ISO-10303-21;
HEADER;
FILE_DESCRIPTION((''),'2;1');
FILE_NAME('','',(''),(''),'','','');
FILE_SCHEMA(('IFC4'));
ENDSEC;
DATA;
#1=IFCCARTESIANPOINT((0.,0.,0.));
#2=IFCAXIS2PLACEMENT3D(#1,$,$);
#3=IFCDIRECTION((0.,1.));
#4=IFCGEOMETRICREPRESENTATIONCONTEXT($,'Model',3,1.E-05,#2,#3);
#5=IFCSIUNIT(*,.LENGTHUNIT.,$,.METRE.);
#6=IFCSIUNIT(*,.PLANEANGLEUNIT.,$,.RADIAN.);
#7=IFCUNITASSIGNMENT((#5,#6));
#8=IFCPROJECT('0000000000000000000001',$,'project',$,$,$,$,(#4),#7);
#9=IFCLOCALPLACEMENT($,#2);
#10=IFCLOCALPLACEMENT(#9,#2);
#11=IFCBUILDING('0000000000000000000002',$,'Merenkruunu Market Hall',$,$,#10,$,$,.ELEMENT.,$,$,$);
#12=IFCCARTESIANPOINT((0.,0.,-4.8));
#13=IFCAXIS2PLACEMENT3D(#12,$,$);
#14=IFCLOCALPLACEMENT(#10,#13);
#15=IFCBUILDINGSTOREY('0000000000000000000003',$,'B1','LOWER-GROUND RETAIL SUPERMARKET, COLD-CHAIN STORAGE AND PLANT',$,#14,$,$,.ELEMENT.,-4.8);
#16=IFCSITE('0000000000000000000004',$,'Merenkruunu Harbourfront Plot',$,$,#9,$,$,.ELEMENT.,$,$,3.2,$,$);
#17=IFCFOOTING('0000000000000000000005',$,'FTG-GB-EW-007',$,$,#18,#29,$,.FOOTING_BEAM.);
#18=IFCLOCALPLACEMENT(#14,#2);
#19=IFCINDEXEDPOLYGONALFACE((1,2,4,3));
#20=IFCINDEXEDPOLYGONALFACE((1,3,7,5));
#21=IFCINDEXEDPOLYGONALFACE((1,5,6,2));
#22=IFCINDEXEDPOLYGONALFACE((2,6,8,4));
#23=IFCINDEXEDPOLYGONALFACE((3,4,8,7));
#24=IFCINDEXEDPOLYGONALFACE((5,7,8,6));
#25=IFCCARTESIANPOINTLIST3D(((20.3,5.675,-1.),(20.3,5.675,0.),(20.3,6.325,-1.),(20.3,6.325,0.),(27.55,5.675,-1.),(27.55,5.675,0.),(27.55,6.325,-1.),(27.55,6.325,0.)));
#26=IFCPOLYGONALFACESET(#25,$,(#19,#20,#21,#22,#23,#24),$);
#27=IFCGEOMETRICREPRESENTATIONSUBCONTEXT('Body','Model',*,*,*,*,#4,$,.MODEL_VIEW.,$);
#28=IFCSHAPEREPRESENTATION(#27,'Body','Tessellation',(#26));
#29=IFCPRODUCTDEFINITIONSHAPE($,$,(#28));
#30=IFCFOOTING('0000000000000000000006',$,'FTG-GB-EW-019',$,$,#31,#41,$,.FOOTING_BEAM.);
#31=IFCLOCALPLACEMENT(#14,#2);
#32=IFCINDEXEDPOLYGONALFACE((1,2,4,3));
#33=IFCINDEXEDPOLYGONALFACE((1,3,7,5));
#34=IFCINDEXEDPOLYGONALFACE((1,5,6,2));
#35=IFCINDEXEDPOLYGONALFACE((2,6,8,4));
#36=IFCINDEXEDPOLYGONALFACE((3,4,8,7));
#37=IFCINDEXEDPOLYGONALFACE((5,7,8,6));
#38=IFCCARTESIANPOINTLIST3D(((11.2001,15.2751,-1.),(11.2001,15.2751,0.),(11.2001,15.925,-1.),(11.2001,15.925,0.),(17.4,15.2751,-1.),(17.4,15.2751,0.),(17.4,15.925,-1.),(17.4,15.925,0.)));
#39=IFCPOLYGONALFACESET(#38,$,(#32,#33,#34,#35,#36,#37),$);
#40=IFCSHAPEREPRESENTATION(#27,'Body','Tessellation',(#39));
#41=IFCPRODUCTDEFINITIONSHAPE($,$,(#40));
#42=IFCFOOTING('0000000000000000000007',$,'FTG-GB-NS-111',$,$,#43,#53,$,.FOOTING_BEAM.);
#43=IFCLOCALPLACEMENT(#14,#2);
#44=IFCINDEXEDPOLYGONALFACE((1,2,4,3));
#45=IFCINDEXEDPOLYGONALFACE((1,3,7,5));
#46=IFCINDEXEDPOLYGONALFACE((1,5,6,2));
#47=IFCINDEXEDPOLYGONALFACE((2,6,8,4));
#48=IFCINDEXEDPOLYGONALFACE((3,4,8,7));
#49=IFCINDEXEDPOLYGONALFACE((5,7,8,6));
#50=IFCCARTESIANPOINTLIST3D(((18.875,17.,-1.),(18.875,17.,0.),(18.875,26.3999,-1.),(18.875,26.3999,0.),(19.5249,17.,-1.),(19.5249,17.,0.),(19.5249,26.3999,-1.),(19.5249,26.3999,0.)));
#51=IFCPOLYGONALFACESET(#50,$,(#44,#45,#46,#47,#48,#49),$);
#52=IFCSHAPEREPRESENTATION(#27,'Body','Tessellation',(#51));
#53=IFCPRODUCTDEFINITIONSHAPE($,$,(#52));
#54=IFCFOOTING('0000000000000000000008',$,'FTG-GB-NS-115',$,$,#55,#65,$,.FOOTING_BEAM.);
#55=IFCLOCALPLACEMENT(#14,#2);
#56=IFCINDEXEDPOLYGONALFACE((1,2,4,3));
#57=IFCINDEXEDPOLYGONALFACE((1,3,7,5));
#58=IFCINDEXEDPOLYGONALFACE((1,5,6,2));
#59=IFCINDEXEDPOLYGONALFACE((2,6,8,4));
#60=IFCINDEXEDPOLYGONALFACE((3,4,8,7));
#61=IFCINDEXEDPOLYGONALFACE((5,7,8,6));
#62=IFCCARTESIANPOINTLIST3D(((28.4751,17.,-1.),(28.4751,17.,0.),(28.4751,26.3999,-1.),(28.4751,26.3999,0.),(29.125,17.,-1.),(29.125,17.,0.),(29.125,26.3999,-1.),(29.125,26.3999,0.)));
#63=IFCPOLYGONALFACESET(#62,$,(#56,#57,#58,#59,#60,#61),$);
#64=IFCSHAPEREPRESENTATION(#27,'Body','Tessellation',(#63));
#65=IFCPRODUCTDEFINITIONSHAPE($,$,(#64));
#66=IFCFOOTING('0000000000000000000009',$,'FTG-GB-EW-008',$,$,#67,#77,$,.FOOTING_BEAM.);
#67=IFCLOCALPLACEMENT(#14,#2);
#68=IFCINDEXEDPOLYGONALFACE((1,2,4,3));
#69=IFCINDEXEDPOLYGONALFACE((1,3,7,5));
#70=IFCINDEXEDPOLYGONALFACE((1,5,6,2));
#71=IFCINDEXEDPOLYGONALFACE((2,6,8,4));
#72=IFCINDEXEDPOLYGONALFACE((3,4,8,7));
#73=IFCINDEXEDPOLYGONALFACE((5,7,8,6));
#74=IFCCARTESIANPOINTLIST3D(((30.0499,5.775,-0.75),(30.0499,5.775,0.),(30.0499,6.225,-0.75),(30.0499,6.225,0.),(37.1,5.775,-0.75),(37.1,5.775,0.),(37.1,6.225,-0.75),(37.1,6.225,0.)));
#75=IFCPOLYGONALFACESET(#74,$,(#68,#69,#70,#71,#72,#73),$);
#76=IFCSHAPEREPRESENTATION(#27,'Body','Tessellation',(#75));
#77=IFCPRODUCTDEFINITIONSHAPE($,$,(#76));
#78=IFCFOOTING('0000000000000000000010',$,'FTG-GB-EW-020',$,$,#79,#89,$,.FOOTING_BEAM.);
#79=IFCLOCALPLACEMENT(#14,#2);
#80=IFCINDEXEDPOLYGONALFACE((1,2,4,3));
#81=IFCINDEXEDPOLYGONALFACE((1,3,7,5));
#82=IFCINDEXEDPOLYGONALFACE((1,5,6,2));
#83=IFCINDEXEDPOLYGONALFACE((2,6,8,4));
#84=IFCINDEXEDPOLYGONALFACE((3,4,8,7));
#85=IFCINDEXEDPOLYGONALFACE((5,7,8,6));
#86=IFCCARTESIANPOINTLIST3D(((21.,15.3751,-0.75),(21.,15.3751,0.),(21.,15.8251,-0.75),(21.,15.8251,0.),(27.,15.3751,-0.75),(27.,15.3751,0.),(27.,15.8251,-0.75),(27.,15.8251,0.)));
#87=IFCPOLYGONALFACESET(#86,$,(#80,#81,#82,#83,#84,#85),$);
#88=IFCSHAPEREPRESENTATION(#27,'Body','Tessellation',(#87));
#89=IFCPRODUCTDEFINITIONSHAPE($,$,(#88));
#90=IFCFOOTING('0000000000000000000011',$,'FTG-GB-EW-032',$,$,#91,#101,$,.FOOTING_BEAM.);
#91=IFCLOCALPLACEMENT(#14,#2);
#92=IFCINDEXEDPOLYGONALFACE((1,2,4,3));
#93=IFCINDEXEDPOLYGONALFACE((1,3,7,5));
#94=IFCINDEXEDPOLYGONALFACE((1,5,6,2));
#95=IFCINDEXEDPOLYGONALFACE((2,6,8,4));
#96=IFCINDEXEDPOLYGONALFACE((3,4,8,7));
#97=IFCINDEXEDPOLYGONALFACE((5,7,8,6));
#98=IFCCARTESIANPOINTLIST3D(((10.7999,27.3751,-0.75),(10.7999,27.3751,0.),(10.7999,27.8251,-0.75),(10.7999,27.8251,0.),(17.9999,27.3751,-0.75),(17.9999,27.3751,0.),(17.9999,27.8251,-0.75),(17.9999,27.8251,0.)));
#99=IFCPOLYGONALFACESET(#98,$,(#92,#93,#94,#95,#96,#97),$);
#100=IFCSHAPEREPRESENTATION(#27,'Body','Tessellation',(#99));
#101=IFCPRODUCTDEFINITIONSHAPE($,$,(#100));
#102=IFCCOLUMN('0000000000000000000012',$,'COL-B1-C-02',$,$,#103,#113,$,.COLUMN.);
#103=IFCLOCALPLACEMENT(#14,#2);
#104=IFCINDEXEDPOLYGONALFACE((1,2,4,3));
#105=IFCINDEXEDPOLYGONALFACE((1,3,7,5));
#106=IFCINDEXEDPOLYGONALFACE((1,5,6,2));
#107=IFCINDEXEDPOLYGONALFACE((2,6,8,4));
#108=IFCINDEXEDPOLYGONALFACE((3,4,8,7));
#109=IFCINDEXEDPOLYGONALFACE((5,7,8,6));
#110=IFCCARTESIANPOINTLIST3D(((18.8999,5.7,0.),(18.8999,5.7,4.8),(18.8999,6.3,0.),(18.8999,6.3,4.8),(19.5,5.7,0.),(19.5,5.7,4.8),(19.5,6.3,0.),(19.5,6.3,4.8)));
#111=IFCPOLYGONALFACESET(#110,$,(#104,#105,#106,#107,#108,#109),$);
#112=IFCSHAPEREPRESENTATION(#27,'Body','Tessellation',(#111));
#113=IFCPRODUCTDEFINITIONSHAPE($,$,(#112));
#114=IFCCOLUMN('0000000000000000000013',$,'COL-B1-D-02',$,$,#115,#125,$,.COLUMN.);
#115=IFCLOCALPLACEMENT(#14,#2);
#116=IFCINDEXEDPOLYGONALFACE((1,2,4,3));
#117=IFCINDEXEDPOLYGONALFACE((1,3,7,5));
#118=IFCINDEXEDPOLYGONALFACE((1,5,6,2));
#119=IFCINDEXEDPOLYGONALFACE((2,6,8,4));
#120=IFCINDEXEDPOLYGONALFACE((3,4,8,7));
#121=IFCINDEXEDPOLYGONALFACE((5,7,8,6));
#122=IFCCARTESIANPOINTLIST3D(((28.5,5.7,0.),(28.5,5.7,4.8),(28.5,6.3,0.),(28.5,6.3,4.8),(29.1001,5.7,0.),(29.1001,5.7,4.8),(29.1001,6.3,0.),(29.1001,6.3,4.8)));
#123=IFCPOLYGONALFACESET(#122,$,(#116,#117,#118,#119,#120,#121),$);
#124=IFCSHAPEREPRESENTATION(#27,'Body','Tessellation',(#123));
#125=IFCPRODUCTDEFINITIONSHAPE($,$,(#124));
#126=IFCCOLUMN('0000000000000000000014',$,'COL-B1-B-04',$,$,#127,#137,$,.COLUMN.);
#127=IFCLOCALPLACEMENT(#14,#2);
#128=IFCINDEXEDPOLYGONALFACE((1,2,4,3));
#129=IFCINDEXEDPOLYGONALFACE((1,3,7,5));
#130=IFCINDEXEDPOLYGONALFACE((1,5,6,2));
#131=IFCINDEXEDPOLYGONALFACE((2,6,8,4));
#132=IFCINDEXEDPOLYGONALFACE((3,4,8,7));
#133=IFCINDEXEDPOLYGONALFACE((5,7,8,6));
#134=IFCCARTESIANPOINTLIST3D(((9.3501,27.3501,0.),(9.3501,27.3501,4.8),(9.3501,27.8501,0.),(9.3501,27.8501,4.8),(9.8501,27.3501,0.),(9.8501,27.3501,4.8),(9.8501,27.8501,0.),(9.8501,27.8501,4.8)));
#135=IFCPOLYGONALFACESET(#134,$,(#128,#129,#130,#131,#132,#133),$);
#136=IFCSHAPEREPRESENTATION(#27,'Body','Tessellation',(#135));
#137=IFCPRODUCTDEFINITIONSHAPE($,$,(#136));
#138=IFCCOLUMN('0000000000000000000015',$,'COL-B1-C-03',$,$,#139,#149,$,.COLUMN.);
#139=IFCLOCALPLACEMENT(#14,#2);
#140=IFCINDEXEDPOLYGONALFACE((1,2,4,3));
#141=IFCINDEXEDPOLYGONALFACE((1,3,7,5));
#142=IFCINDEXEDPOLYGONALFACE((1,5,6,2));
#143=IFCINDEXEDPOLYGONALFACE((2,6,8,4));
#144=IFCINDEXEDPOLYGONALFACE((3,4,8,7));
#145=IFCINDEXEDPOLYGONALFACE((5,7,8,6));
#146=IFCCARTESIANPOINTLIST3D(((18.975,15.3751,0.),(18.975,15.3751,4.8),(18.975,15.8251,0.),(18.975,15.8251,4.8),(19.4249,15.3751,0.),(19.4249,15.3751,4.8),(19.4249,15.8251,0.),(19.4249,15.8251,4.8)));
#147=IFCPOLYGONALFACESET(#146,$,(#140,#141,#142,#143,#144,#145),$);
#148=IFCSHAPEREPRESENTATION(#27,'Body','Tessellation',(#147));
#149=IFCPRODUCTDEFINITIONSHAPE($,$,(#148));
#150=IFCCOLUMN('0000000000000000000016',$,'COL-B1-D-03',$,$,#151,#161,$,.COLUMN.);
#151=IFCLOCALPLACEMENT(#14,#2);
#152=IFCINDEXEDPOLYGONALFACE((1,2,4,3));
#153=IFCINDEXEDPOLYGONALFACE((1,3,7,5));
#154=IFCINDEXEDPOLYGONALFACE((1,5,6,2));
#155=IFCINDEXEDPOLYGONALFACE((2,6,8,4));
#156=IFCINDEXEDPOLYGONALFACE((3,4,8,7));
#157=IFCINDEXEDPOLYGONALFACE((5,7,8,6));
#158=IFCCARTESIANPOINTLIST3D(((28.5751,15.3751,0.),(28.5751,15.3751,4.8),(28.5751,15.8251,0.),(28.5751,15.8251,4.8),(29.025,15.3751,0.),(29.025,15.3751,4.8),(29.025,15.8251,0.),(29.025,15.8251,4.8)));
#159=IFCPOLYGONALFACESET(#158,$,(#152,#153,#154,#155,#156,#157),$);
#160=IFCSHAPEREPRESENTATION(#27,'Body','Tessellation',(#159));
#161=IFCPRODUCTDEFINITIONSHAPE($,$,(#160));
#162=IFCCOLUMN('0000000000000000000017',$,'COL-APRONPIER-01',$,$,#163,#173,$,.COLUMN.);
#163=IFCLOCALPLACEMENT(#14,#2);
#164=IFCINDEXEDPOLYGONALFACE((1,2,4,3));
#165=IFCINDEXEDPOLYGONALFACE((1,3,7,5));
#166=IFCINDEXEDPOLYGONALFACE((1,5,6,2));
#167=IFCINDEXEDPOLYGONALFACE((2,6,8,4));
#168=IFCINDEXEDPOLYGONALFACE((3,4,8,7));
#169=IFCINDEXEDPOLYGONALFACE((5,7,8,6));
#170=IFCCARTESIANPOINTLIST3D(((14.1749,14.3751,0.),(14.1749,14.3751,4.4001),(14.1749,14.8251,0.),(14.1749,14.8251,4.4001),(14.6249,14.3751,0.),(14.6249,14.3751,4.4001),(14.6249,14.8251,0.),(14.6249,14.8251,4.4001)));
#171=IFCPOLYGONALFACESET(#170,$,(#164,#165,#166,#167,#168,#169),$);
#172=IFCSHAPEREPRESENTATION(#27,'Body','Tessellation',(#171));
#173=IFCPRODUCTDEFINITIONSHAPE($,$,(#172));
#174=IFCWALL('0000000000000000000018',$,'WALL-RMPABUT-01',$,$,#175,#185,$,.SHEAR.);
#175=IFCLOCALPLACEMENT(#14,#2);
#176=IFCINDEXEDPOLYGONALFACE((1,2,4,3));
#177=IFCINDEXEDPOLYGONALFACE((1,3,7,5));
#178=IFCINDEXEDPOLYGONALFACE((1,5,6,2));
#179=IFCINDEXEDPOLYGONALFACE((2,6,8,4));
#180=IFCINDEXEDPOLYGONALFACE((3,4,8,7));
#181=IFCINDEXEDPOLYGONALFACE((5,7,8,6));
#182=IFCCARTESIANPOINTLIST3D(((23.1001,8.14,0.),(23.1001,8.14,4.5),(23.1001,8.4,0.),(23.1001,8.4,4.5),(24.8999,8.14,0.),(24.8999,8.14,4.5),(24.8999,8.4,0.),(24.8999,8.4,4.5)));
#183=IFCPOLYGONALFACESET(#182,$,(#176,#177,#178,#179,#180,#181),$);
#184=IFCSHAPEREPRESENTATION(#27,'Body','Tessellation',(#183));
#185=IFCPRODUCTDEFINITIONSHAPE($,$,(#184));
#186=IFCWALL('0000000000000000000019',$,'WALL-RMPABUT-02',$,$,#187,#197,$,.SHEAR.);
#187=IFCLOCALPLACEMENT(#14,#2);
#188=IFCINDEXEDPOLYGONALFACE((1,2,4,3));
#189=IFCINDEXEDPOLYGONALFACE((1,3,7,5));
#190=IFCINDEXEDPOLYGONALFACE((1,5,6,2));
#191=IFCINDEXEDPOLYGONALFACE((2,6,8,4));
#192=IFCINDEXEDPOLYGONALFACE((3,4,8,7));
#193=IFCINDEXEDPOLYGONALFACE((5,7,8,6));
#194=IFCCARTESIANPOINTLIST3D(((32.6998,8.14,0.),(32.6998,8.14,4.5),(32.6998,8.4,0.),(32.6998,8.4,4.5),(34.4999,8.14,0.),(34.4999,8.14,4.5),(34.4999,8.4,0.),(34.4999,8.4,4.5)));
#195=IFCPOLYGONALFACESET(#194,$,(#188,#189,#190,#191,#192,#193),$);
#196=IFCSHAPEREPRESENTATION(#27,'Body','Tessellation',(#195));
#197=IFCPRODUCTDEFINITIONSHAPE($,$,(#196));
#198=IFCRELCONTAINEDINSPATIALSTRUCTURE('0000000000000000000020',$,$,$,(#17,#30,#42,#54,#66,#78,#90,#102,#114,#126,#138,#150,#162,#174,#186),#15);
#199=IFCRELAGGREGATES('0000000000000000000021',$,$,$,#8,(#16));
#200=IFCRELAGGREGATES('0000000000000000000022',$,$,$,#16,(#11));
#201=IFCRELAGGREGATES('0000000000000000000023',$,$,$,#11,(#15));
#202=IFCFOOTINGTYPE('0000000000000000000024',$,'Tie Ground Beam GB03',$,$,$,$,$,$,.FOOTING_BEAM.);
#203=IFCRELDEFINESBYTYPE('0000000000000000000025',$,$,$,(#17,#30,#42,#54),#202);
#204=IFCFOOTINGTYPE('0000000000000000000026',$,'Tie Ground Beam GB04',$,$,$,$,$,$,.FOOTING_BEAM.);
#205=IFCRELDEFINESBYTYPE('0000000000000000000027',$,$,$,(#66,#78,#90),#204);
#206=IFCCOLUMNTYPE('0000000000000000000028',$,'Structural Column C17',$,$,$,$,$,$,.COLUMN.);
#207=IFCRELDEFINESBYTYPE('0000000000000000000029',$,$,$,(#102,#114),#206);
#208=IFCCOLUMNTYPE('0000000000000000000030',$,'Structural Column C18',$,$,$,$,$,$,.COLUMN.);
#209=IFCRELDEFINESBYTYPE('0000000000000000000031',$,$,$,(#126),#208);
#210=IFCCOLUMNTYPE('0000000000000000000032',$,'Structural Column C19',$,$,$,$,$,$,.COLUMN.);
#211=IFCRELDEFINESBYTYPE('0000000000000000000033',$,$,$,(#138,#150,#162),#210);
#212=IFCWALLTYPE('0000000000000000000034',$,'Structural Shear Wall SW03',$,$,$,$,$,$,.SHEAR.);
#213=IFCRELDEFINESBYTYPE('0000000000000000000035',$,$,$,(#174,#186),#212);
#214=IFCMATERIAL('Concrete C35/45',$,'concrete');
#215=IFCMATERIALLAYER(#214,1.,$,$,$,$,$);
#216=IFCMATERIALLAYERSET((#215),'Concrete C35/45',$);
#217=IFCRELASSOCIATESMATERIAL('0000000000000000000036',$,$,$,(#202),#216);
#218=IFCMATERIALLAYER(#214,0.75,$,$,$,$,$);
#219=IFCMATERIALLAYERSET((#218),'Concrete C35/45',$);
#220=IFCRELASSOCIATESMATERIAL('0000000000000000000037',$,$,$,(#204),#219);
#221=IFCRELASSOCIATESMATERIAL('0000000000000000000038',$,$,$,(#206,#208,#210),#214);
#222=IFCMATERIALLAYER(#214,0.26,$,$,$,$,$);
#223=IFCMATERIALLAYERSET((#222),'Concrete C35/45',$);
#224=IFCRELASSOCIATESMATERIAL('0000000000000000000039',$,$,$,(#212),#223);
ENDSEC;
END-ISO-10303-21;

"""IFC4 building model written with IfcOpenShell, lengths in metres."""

from ifc_helpers import new_model, si_unit, direction, frame, frame_2d, origin, origin_2d, place, context, subcontext, project, spatial, rectangle, extrude, material, layer, layer_set, material_profile, profile_set, type_object, element, save


model = new_model("IFC4")

# Units and contexts
model_context = context("Model", 3, precision=1e-05, world=origin(), true_north=direction((0.0, 1.0)))
body_context = subcontext(model_context, "Body", "Model", "MODEL_VIEW")
ifc_project = project(units=[si_unit("LENGTHUNIT", "METRE"), si_unit("PLANEANGLEUNIT", "RADIAN")], contexts=[model_context])

# Site, building, storey
site_placement = place(None, origin())
site = spatial("IfcSite", under=ifc_project, at=site_placement, Name="Merenkruunu Harbourfront Plot", CompositionType="ELEMENT", RefElevation=3.2)
building_placement = place(site_placement, origin())
building = spatial("IfcBuilding", under=site, at=building_placement, Name="Merenkruunu Market Hall", CompositionType="ELEMENT")
storey_placement = place(building_placement, frame((0.0, 0.0, -4.8)))
storey = spatial("IfcBuildingStorey", under=building, at=storey_placement, Name="B1", Description="LOWER-GROUND RETAIL SUPERMARKET, COLD-CHAIN STORAGE AND PLANT", CompositionType="ELEMENT", Elevation=-4.8)

# Shared definitions
ifc_material = material(Name="Concrete C35/45", Category="concrete")

# Footings
ifc_layer_1 = layer(ifc_material, 1.0)
ifc_layer_set_1 = layer_set([ifc_layer_1], Name="Concrete C35/45")
footing_type_1 = type_object("IfcFootingType", Name="Tie Ground Beam GB03", PredefinedType="FOOTING_BEAM", material=ifc_layer_set_1)
footing_1_placement = place(storey_placement, frame((23.925, 6.0, -1.0), z_axis=(0.0, 0.0, 1.0), x_axis=(1.0, 0.0, 0.0)))
element("IfcFooting", 1, at=footing_1_placement, inside=storey, type_object=footing_type_1, Name="FTG-GB-EW-007", PredefinedType="FOOTING_BEAM", context=body_context, shape_type="SweptSolid", body=[
    extrude(rectangle(XDim=7.25, YDim=0.6499, at=origin_2d()), origin(), (0.0, 0.0, 1.0), 1.0),
])
footing_2_placement = place(storey_placement, frame((14.3, 15.6001, -1.0), z_axis=(0.0, 0.0, 1.0), x_axis=(1.0, 0.0, 0.0)))
element("IfcFooting", 2, at=footing_2_placement, inside=storey, type_object=footing_type_1, Name="FTG-GB-EW-019", PredefinedType="FOOTING_BEAM", context=body_context, shape_type="SweptSolid", body=[
    extrude(rectangle(XDim=6.2, YDim=0.6499, at=origin_2d()), origin(), (0.0, 0.0, 1.0), 1.0),
])
for number, where, z_axis, x_axis, name in (
    (3, (19.2, 21.7, -1.0), (0.0, 0.0, 1.0), (0.0, 1.0, 0.0), "FTG-GB-NS-111"),
    (4, (28.8, 21.7, -1.0), (0.0, 0.0, 1.0), (0.0, 1.0, 0.0), "FTG-GB-NS-115"),
):
    element("IfcFooting", number, at=place(storey_placement, frame(where, z_axis=z_axis, x_axis=x_axis)), inside=storey, type_object=footing_type_1, Name=name, PredefinedType="FOOTING_BEAM", context=body_context, shape_type="SweptSolid", body=[
        extrude(rectangle(XDim=9.3999, YDim=0.6499, at=origin_2d()), origin(), (0.0, 0.0, 1.0), 1.0),
    ])
ifc_layer_2 = layer(ifc_material, 0.75)
ifc_layer_set_2 = layer_set([ifc_layer_2], Name="Concrete C35/45")
footing_type_2 = type_object("IfcFootingType", Name="Tie Ground Beam GB04", PredefinedType="FOOTING_BEAM", material=ifc_layer_set_2)
footing_3_placement = place(storey_placement, frame((33.575, 6.0, -0.75), z_axis=(0.0, 0.0, 1.0), x_axis=(1.0, 0.0, 0.0)))
element("IfcFooting", 5, at=footing_3_placement, inside=storey, type_object=footing_type_2, Name="FTG-GB-EW-008", PredefinedType="FOOTING_BEAM", context=body_context, shape_type="SweptSolid", body=[
    extrude(rectangle(XDim=7.05, YDim=0.45, at=origin_2d()), origin(), (0.0, 0.0, 1.0), 0.75),
])
footing_4_placement = place(storey_placement, frame((24.0, 15.6001, -0.75), z_axis=(0.0, 0.0, 1.0), x_axis=(1.0, 0.0, 0.0)))
element("IfcFooting", 6, at=footing_4_placement, inside=storey, type_object=footing_type_2, Name="FTG-GB-EW-020", PredefinedType="FOOTING_BEAM", context=body_context, shape_type="SweptSolid", body=[
    extrude(rectangle(XDim=6.0, YDim=0.45, at=origin_2d()), origin(), (0.0, 0.0, 1.0), 0.75),
])
footing_5_placement = place(storey_placement, frame((14.3999, 27.6001, -0.75), z_axis=(0.0, 0.0, 1.0), x_axis=(1.0, 0.0, 0.0)))
element("IfcFooting", 7, at=footing_5_placement, inside=storey, type_object=footing_type_2, Name="FTG-GB-EW-032", PredefinedType="FOOTING_BEAM", context=body_context, shape_type="SweptSolid", body=[
    extrude(rectangle(XDim=7.2, YDim=0.45, at=origin_2d()), origin(), (0.0, 0.0, 1.0), 0.75),
])

# Columns
ifc_material_profile_1 = material_profile(ifc_material, rectangle(XDim=0.6001, YDim=0.6001, at=origin_2d()), Name="RC 600x600")
ifc_profile_set_1 = profile_set([ifc_material_profile_1], Name="Concrete C35/45")
column_type_1 = type_object("IfcColumnType", Name="Structural Column C17", PredefinedType="COLUMN", material=ifc_profile_set_1)
for number, where, z_axis, x_axis, name in (
    (8, (19.2, 6.0, 0.0), (0.0, 0.0, 1.0), (1.0, 0.0, 0.0), "COL-B1-C-02"),
    (9, (28.8, 6.0, 0.0), (0.0, 0.0, 1.0), (1.0, 0.0, 0.0), "COL-B1-D-02"),
):
    element("IfcColumn", number, at=place(storey_placement, frame(where, z_axis=z_axis, x_axis=x_axis)), inside=storey, type_object=column_type_1, Name=name, PredefinedType="COLUMN", context=body_context, shape_type="SweptSolid", body=[
        extrude(rectangle(XDim=0.6001, YDim=0.6001, at=origin_2d()), origin(), (0.0, 0.0, 1.0), 4.8),
    ])
ifc_material_profile_2 = material_profile(ifc_material, rectangle(XDim=0.5, YDim=0.5, at=origin_2d()), Name="RC 500x500")
ifc_profile_set_2 = profile_set([ifc_material_profile_2], Name="Concrete C35/45")
column_type_2 = type_object("IfcColumnType", Name="Structural Column C18", PredefinedType="COLUMN", material=ifc_profile_set_2)
column_1_placement = place(storey_placement, frame((9.6001, 27.6001, 0.0), z_axis=(0.0, 0.0, 1.0), x_axis=(1.0, 0.0, 0.0)))
element("IfcColumn", 10, at=column_1_placement, inside=storey, type_object=column_type_2, Name="COL-B1-B-04", PredefinedType="COLUMN", context=body_context, shape_type="SweptSolid", body=[
    extrude(rectangle(XDim=0.5, YDim=0.5, at=origin_2d()), origin(), (0.0, 0.0, 1.0), 4.8),
])
ifc_material_profile_3 = material_profile(ifc_material, rectangle(XDim=0.45, YDim=0.45, at=origin_2d()), Name="RC 450x450")
ifc_profile_set_3 = profile_set([ifc_material_profile_3], Name="Concrete C35/45")
column_type_3 = type_object("IfcColumnType", Name="Structural Column C19", PredefinedType="COLUMN", material=ifc_profile_set_3)
for number, where, z_axis, x_axis, name in (
    (11, (19.2, 15.6001, 0.0), (0.0, 0.0, 1.0), (1.0, 0.0, 0.0), "COL-B1-C-03"),
    (12, (28.8, 15.6001, 0.0), (0.0, 0.0, 1.0), (1.0, 0.0, 0.0), "COL-B1-D-03"),
):
    element("IfcColumn", number, at=place(storey_placement, frame(where, z_axis=z_axis, x_axis=x_axis)), inside=storey, type_object=column_type_3, Name=name, PredefinedType="COLUMN", context=body_context, shape_type="SweptSolid", body=[
        extrude(rectangle(XDim=0.45, YDim=0.45, at=origin_2d()), origin(), (0.0, 0.0, 1.0), 4.8),
    ])
column_2_placement = place(storey_placement, frame((14.3999, 14.6001, 0.0), z_axis=(0.0, 0.0, 1.0), x_axis=(1.0, 0.0, 0.0)))
element("IfcColumn", 13, at=column_2_placement, inside=storey, type_object=column_type_3, Name="COL-APRONPIER-01", PredefinedType="COLUMN", context=body_context, shape_type="SweptSolid", body=[
    extrude(rectangle(XDim=0.45, YDim=0.45, at=origin_2d()), origin(), (0.0, 0.0, 1.0), 4.4001),
])

# Walls
ifc_layer_3 = layer(ifc_material, 0.26)
ifc_layer_set_3 = layer_set([ifc_layer_3], Name="Concrete C35/45")
wall_type = type_object("IfcWallType", Name="Structural Shear Wall SW03", PredefinedType="SHEAR", material=ifc_layer_set_3)
wall_1_placement = place(storey_placement, frame((23.1001, 8.27, 0.0), z_axis=(0.0, 0.0, 1.0), x_axis=(1.0, 0.0, 0.0)))
element("IfcWall", 14, at=wall_1_placement, inside=storey, type_object=wall_type, Name="WALL-RMPABUT-01", PredefinedType="SHEAR", context=body_context, shape_type="SweptSolid", body=[
    extrude(rectangle(XDim=1.7998, YDim=0.26, at=frame_2d((0.8999, 0.0))), origin(), (0.0, 0.0, 1.0), 4.5),
])
wall_2_placement = place(storey_placement, frame((32.7, 8.27, 0.0), z_axis=(0.0, 0.0, 1.0), x_axis=(1.0, 0.0, 0.0)))
element("IfcWall", 15, at=wall_2_placement, inside=storey, type_object=wall_type, Name="WALL-RMPABUT-02", PredefinedType="SHEAR", context=body_context, shape_type="SweptSolid", body=[
    extrude(rectangle(XDim=1.8, YDim=0.26, at=frame_2d((0.8999, 0.0))), origin(), (0.0, 0.0, 1.0), 4.5),
])

save(model, "model.ifc")
